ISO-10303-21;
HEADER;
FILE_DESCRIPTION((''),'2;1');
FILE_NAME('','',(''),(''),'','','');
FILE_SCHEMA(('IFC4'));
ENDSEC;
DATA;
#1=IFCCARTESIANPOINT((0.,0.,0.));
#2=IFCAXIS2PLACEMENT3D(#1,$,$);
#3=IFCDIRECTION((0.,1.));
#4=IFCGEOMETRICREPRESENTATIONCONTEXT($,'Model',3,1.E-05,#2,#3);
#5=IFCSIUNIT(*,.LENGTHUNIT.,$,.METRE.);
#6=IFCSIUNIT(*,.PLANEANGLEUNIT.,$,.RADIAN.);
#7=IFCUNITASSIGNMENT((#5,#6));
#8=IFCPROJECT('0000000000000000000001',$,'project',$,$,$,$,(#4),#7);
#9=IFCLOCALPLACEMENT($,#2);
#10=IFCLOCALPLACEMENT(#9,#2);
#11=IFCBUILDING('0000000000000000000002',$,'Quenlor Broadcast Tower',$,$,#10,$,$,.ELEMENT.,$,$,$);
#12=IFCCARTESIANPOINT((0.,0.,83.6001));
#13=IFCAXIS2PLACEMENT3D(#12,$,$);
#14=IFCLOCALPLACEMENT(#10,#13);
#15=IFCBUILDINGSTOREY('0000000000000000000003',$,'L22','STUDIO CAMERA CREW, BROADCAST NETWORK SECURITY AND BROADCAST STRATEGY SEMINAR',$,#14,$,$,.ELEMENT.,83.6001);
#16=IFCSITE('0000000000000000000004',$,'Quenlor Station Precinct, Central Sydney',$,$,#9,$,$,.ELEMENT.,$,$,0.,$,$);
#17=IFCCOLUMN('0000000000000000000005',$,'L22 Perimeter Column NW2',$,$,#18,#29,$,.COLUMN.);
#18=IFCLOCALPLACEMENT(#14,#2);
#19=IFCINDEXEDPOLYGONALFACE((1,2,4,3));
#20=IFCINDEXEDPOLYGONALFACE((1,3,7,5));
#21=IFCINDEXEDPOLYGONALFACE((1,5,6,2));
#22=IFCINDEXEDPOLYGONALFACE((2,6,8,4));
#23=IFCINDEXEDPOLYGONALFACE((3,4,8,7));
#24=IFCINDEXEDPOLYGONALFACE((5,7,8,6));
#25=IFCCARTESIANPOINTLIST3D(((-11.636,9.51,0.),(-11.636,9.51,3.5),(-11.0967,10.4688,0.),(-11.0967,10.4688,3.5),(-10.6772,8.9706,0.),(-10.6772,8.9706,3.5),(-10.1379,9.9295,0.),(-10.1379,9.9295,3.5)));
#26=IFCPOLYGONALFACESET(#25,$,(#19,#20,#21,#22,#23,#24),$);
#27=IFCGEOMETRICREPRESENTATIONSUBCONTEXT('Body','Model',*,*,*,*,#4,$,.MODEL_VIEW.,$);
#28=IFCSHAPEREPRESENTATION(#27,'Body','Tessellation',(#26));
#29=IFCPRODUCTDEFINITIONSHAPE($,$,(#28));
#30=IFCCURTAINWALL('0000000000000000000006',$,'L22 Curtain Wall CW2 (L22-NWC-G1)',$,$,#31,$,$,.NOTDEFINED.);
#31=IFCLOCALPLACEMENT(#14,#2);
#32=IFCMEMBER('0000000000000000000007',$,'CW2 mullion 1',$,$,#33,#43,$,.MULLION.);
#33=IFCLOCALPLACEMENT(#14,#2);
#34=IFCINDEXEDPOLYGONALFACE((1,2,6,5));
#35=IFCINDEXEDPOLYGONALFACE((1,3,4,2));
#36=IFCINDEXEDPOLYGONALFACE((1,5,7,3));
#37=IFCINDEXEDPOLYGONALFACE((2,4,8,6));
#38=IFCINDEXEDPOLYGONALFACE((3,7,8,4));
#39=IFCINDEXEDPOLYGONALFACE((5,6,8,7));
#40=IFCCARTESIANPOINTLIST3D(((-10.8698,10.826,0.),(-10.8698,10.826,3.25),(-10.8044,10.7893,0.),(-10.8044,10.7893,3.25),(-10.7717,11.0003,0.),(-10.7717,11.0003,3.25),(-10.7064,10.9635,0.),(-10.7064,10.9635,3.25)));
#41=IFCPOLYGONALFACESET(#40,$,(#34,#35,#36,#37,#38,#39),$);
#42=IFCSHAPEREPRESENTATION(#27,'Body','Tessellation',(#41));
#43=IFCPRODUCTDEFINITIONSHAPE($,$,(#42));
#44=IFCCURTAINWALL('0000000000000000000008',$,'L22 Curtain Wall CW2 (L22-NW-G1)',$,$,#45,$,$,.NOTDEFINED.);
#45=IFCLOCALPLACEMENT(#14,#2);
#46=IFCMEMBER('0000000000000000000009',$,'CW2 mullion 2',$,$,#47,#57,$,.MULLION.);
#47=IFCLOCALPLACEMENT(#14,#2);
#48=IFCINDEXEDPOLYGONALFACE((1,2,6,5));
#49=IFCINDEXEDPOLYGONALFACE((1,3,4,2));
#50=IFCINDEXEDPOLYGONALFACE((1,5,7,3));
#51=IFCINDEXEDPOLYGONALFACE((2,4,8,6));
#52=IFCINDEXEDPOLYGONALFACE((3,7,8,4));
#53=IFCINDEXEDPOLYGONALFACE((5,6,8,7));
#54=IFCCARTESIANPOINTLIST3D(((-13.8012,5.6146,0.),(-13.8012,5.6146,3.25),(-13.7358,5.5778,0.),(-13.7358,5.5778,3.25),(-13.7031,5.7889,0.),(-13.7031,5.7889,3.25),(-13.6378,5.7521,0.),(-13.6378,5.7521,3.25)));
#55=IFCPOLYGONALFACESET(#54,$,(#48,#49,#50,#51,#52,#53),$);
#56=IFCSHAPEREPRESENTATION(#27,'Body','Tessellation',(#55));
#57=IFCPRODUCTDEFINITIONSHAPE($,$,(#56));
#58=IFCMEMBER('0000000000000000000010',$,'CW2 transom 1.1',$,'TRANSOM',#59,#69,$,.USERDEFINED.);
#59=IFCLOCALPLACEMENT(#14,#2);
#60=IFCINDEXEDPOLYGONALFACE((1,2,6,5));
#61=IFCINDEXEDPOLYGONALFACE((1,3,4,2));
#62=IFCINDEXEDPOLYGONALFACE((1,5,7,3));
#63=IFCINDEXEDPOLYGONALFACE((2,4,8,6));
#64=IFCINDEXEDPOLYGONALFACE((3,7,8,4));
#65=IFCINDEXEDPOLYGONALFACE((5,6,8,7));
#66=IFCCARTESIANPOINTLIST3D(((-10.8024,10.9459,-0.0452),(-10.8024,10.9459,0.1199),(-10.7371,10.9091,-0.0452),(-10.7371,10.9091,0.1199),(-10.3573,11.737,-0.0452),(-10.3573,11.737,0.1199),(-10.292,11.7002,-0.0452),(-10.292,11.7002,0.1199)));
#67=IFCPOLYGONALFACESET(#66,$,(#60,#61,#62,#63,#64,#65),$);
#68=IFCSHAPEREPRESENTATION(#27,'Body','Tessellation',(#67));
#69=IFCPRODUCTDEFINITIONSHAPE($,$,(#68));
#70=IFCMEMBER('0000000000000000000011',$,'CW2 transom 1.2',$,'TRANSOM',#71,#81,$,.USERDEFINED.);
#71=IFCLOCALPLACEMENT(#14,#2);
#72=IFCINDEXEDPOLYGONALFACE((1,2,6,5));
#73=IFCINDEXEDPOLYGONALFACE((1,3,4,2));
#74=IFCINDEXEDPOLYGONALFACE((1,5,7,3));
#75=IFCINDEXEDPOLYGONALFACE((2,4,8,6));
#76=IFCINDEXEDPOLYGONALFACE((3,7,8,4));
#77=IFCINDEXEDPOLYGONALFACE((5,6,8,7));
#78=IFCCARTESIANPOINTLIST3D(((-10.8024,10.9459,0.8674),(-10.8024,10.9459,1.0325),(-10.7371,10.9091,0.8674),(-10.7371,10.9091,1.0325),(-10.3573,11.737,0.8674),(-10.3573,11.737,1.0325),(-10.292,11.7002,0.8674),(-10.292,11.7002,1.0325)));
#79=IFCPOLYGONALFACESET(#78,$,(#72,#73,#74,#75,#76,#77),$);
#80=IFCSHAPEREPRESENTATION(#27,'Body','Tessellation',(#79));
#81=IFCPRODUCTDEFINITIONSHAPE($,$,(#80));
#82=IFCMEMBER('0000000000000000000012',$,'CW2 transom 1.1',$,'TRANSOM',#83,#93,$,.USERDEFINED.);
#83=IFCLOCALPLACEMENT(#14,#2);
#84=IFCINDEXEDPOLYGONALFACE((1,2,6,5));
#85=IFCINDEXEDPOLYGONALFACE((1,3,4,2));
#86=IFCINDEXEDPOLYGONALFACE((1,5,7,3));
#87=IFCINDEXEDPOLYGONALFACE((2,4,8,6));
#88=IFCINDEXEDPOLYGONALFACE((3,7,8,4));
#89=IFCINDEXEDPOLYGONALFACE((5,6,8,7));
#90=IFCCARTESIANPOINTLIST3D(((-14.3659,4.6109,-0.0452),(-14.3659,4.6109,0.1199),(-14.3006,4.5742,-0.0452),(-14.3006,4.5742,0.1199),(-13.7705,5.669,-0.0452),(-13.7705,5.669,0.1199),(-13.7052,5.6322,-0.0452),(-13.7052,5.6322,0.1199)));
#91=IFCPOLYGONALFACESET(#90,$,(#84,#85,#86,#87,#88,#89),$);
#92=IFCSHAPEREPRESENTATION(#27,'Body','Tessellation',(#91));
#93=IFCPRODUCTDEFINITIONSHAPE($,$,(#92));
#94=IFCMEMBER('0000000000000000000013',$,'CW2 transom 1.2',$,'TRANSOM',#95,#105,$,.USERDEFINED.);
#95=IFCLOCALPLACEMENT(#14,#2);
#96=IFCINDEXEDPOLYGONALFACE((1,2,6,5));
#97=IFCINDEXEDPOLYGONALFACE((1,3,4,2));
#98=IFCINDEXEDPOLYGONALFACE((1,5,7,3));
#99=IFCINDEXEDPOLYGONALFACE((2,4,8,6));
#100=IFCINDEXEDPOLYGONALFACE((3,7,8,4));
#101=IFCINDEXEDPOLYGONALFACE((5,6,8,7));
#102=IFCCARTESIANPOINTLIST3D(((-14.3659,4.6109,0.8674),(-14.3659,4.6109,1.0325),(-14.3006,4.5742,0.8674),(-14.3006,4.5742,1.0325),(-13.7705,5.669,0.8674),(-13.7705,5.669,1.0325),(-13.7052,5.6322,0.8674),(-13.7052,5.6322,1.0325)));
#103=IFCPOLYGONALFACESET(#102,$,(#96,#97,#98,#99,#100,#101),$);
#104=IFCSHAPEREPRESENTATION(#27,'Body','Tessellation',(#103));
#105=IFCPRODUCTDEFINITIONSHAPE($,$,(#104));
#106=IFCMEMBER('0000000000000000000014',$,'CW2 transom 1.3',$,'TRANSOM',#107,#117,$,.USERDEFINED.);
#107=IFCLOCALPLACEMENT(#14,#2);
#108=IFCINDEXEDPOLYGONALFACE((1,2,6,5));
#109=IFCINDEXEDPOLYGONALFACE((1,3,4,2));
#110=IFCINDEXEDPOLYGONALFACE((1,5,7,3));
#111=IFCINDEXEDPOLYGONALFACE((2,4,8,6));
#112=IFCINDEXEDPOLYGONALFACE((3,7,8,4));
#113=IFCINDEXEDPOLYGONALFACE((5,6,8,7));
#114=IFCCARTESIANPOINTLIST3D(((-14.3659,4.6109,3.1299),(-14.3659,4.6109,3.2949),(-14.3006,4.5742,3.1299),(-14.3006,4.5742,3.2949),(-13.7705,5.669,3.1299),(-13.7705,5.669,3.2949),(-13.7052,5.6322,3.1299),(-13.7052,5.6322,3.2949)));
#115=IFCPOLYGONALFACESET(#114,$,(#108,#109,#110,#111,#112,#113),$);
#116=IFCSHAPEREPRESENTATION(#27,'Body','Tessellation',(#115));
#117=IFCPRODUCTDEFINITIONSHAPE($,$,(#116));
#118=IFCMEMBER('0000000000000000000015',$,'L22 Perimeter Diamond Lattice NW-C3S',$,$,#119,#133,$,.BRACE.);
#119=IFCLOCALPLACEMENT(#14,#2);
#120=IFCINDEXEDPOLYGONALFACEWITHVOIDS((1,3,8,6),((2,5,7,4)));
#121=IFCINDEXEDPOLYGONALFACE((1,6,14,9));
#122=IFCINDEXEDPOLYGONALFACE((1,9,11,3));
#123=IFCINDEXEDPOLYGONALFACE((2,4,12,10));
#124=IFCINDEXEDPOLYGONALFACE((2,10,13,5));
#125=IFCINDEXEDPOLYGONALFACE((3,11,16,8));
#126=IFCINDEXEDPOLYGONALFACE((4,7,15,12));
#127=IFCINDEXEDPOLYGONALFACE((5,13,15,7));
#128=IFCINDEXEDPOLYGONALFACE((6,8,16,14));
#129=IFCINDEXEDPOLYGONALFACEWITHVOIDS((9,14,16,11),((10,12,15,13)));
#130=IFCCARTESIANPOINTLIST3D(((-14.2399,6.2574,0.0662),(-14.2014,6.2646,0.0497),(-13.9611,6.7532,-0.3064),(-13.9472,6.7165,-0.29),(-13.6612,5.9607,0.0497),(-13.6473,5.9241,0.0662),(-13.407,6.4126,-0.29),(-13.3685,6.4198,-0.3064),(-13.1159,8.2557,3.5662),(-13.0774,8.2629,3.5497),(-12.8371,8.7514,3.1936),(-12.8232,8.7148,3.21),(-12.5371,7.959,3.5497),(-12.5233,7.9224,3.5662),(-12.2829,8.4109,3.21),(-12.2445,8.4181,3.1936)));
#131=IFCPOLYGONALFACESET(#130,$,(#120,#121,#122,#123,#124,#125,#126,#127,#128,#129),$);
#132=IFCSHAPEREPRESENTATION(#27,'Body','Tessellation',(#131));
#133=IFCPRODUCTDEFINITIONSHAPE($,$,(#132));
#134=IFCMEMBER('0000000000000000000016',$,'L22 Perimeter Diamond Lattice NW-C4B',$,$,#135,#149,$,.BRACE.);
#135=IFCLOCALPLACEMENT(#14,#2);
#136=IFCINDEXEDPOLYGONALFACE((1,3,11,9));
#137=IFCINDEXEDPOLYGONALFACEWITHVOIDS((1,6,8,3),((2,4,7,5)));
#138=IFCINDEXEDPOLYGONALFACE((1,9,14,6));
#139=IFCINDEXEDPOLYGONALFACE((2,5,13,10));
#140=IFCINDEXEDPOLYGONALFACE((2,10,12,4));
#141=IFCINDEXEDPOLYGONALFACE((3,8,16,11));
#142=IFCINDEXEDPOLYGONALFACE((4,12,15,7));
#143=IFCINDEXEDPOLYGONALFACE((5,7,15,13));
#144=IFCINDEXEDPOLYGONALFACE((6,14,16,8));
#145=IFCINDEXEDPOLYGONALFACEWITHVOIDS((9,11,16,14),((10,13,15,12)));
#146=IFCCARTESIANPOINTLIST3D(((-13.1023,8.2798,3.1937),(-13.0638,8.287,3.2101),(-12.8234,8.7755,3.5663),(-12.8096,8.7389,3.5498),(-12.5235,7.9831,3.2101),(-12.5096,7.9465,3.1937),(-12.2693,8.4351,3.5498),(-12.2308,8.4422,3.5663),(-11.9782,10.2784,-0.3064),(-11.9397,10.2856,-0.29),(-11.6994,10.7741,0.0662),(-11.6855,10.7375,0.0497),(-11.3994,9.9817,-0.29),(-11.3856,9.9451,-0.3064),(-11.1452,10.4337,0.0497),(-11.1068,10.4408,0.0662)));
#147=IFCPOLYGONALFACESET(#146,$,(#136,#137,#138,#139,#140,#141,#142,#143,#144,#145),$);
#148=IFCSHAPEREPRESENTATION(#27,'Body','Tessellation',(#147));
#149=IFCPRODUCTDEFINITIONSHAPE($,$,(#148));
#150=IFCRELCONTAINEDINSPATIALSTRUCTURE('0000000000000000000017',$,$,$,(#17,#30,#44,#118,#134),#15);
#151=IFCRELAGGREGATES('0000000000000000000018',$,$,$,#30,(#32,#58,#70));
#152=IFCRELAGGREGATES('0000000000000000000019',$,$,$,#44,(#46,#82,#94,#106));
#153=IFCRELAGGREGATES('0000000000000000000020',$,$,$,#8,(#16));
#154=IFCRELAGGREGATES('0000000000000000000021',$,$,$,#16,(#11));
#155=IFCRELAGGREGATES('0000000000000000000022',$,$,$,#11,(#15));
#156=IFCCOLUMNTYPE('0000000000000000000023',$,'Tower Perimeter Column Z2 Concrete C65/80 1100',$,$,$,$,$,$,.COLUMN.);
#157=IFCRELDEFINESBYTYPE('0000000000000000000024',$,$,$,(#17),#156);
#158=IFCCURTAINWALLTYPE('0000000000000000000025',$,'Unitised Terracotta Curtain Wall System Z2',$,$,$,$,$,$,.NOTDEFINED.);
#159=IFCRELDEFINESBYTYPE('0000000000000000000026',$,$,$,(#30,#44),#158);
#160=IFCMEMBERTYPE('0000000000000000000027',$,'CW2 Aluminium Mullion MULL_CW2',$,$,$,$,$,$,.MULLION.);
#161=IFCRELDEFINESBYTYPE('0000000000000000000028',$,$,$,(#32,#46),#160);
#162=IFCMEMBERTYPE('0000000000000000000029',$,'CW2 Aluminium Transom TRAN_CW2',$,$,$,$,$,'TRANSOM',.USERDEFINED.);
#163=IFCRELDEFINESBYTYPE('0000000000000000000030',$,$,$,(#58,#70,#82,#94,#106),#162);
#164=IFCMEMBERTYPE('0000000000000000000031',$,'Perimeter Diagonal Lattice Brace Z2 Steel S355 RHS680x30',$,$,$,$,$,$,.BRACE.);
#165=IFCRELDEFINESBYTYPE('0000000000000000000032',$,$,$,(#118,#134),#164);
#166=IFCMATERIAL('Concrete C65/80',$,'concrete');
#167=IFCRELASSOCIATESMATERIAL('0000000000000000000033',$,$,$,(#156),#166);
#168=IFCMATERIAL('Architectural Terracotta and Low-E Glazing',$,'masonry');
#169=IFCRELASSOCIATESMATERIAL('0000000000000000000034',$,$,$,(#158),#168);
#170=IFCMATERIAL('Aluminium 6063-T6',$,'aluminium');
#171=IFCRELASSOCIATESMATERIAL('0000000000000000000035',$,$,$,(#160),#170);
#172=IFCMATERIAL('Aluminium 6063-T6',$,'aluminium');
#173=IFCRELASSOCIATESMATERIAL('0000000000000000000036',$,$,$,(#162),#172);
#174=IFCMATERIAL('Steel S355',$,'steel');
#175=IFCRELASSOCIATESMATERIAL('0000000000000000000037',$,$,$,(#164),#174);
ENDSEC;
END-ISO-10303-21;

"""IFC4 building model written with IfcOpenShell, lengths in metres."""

from ifc_helpers import new_model, si_unit, direction, frame, origin, origin_2d, place, context, subcontext, project, spatial, rectangle, hollow_rectangle, extrude, material, material_profile, profile_set, type_object, element, aggregate, save


model = new_model("IFC4")

# Units and contexts
model_context = context("Model", 3, precision=1e-05, world=origin(), true_north=direction((0.0, 1.0)))
body_context = subcontext(model_context, "Body", "Model", "MODEL_VIEW")
ifc_project = project(units=[si_unit("LENGTHUNIT", "METRE"), si_unit("PLANEANGLEUNIT", "RADIAN")], contexts=[model_context])

# Site, building, storey
site_placement = place(None, origin())
site = spatial("IfcSite", under=ifc_project, at=site_placement, Name="Quenlor Station Precinct, Central Sydney", CompositionType="ELEMENT", RefElevation=0.0)
building_placement = place(site_placement, origin())
building = spatial("IfcBuilding", under=site, at=building_placement, Name="Quenlor Broadcast Tower", CompositionType="ELEMENT")
storey_placement = place(building_placement, frame((0.0, 0.0, 83.6001)))
storey = spatial("IfcBuildingStorey", under=building, at=storey_placement, Name="L22", Description="STUDIO CAMERA CREW, BROADCAST NETWORK SECURITY AND BROADCAST STRATEGY SEMINAR", CompositionType="ELEMENT", Elevation=83.6001)

# Column
ifc_material_1 = material(Name="Concrete C65/80", Category="concrete")
ifc_material_profile_1 = material_profile(ifc_material_1, rectangle(XDim=1.1001, YDim=1.1001, at=origin_2d()))
ifc_profile_set_1 = profile_set([ifc_material_profile_1], Name="Concrete C65/80 RC1100x1100")
column_type = type_object("IfcColumnType", Name="Tower Perimeter Column Z2 Concrete C65/80 1100", PredefinedType="COLUMN", material=ifc_profile_set_1)
column_placement = place(storey_placement, frame((-10.887, 9.7197, 0.0), z_axis=(0.0, 0.0, 1.0), x_axis=(-0.871575, 0.490262, 0.0)))
element("IfcColumn", 1, at=column_placement, inside=storey, type_object=column_type, Name="L22 Perimeter Column NW2", PredefinedType="COLUMN", context=body_context, shape_type="SweptSolid", body=[
    extrude(rectangle(XDim=1.1001, YDim=1.1001, at=origin_2d()), origin(), (0.0, 0.0, 1.0), 3.5),
])

# Curtain walls, members
ifc_material_2 = material(Name="Architectural Terracotta and Low-E Glazing", Category="masonry")
curtain_wall_type = type_object("IfcCurtainWallType", Name="Unitised Terracotta Curtain Wall System Z2", PredefinedType="NOTDEFINED", material=ifc_material_2)
curtain_wall_1_placement = place(storey_placement, origin())
curtain_wall_1 = element("IfcCurtainWall", 2, at=curtain_wall_1_placement, inside=storey, type_object=curtain_wall_type, Name="L22 Curtain Wall CW2 (L22-NWC-G1)", PredefinedType="NOTDEFINED")
ifc_material_3 = material(Name="Aluminium 6063-T6", Category="aluminium")
ifc_material_profile_2 = material_profile(ifc_material_3, rectangle(XDim=0.075, YDim=0.2, at=origin_2d()))
ifc_profile_set_2 = profile_set([ifc_material_profile_2], Name="Aluminium 6063-T6 MULL75x200")
member_type_1 = type_object("IfcMemberType", Name="CW2 Aluminium Mullion MULL_CW2", PredefinedType="MULLION", material=ifc_profile_set_2)
member_1_placement = place(storey_placement, frame((-10.7881, 10.8948, 0.0), z_axis=(0.0, 0.0, 1.0), x_axis=(-0.871581, 0.490252, 0.0)))
member_1 = element("IfcMember", 3, at=member_1_placement, type_object=member_type_1, Name="CW2 mullion 1", PredefinedType="MULLION", context=body_context, shape_type="SweptSolid", body=[
    extrude(rectangle(XDim=0.075, YDim=0.2, at=origin_2d()), origin(), (0.0, 0.0, 1.0), 3.25),
])
curtain_wall_2_placement = place(storey_placement, origin())
curtain_wall_2 = element("IfcCurtainWall", 4, at=curtain_wall_2_placement, inside=storey, type_object=curtain_wall_type, Name="L22 Curtain Wall CW2 (L22-NW-G1)", PredefinedType="NOTDEFINED")
member_2_placement = place(storey_placement, frame((-13.7195, 5.6833, 0.0), z_axis=(0.0, 0.0, 1.0), x_axis=(-0.871579, 0.490254, 0.0)))
member_2 = element("IfcMember", 5, at=member_2_placement, type_object=member_type_1, Name="CW2 mullion 2", PredefinedType="MULLION", context=body_context, shape_type="SweptSolid", body=[
    extrude(rectangle(XDim=0.075, YDim=0.2, at=origin_2d()), origin(), (0.0, 0.0, 1.0), 3.25),
])

# Members
ifc_material_4 = material(Name="Aluminium 6063-T6", Category="aluminium")
ifc_material_profile_3 = material_profile(ifc_material_4, rectangle(XDim=0.075, YDim=0.165, at=origin_2d()))
ifc_profile_set_3 = profile_set([ifc_material_profile_3], Name="Aluminium 6063-T6 TRAN75x165")
member_type_2 = type_object("IfcMemberType", Name="CW2 Aluminium Transom TRAN_CW2", ElementType="TRANSOM", PredefinedType="USERDEFINED", material=ifc_profile_set_3)
member_3_placement = place(storey_placement, frame((-10.7698, 10.9275, 0.0374), z_axis=(0.490363, 0.871518, 0.0), x_axis=(-0.871518, 0.490363, 0.0)))
member_3 = element("IfcMember", 6, at=member_3_placement, type_object=member_type_2, Name="CW2 transom 1.1", ObjectType="TRANSOM", PredefinedType="USERDEFINED", context=body_context, shape_type="SweptSolid", body=[
    extrude(rectangle(XDim=0.075, YDim=0.165, at=origin_2d()), origin(), (0.0, 0.0, 1.0), 0.9077),
])
member_4_placement = place(storey_placement, frame((-10.7698, 10.9275, 0.95), z_axis=(0.490363, 0.871518, 0.0), x_axis=(-0.871518, 0.490363, 0.0)))
member_4 = element("IfcMember", 7, at=member_4_placement, type_object=member_type_2, Name="CW2 transom 1.2", ObjectType="TRANSOM", PredefinedType="USERDEFINED", context=body_context, shape_type="SweptSolid", body=[
    extrude(rectangle(XDim=0.075, YDim=0.165, at=origin_2d()), origin(), (0.0, 0.0, 1.0), 0.9077),
])
aggregate(curtain_wall_1, [member_1, member_3, member_4])
member_5_placement = place(storey_placement, frame((-14.3333, 4.5925, 0.0374), z_axis=(0.490433, 0.871479, 0.0), x_axis=(-0.871479, 0.490433, 0.0)))
member_5 = element("IfcMember", 8, at=member_5_placement, type_object=member_type_2, Name="CW2 transom 1.1", ObjectType="TRANSOM", PredefinedType="USERDEFINED", context=body_context, shape_type="SweptSolid", body=[
    extrude(rectangle(XDim=0.075, YDim=0.165, at=origin_2d()), origin(), (0.0, 0.0, 1.0), 1.2141),
])
member_6_placement = place(storey_placement, frame((-14.3333, 4.5925, 0.95), z_axis=(0.490433, 0.871479, 0.0), x_axis=(-0.871479, 0.490433, 0.0)))
member_6 = element("IfcMember", 9, at=member_6_placement, type_object=member_type_2, Name="CW2 transom 1.2", ObjectType="TRANSOM", PredefinedType="USERDEFINED", context=body_context, shape_type="SweptSolid", body=[
    extrude(rectangle(XDim=0.075, YDim=0.165, at=origin_2d()), origin(), (0.0, 0.0, 1.0), 1.2141),
])
member_7_placement = place(storey_placement, frame((-14.3333, 4.5925, 3.2124), z_axis=(0.490433, 0.871479, 0.0), x_axis=(-0.871479, 0.490433, 0.0)))
member_7 = element("IfcMember", 10, at=member_7_placement, type_object=member_type_2, Name="CW2 transom 1.3", ObjectType="TRANSOM", PredefinedType="USERDEFINED", context=body_context, shape_type="SweptSolid", body=[
    extrude(rectangle(XDim=0.075, YDim=0.165, at=origin_2d()), origin(), (0.0, 0.0, 1.0), 1.2141),
])

# Members
ifc_material_5 = material(Name="Steel S355", Category="steel")
ifc_material_profile_4 = material_profile(ifc_material_5, hollow_rectangle(XDim=0.6799, YDim=0.6799, WallThickness=0.03, at=origin_2d()))
ifc_profile_set_4 = profile_set([ifc_material_profile_4], Name="Steel S355 RHS680x680x30")
member_type_3 = type_object("IfcMemberType", Name="Perimeter Diagonal Lattice Brace Z2 Steel S355 RHS680x30", PredefinedType="BRACE", material=ifc_profile_set_4)
member_8_placement = place(storey_placement, frame((-13.8042, 6.3386, -0.1201), z_axis=(0.268642, 0.477593, 0.836502), x_axis=(-0.871578, 0.490256, 0.0)))
element("IfcMember", 11, at=member_8_placement, inside=storey, type_object=member_type_3, Name="L22 Perimeter Diamond Lattice NW-C3S", PredefinedType="BRACE", context=body_context, shape_type="SweptSolid", body=[
    extrude(hollow_rectangle(XDim=0.6799, YDim=0.6799, WallThickness=0.03, at=origin_2d()), origin(), (0.0, 0.0, 1.0), 4.1841),
])
member_9_placement = place(storey_placement, frame((-11.5425, 10.3596, -0.1201), z_axis=(-0.268635, -0.477638, 0.836479), x_axis=(0.871604, -0.490211, 0.0)))
element("IfcMember", 12, at=member_9_placement, inside=storey, type_object=member_type_3, Name="L22 Perimeter Diamond Lattice NW-C4B", PredefinedType="BRACE", context=body_context, shape_type="SweptSolid", body=[
    extrude(hollow_rectangle(XDim=0.6799, YDim=0.6799, WallThickness=0.03, at=origin_2d()), origin(), (0.0, 0.0, 1.0), 4.1843),
])

aggregate(curtain_wall_2, [member_2, member_5, member_6, member_7])

save(model, "model.ifc")
